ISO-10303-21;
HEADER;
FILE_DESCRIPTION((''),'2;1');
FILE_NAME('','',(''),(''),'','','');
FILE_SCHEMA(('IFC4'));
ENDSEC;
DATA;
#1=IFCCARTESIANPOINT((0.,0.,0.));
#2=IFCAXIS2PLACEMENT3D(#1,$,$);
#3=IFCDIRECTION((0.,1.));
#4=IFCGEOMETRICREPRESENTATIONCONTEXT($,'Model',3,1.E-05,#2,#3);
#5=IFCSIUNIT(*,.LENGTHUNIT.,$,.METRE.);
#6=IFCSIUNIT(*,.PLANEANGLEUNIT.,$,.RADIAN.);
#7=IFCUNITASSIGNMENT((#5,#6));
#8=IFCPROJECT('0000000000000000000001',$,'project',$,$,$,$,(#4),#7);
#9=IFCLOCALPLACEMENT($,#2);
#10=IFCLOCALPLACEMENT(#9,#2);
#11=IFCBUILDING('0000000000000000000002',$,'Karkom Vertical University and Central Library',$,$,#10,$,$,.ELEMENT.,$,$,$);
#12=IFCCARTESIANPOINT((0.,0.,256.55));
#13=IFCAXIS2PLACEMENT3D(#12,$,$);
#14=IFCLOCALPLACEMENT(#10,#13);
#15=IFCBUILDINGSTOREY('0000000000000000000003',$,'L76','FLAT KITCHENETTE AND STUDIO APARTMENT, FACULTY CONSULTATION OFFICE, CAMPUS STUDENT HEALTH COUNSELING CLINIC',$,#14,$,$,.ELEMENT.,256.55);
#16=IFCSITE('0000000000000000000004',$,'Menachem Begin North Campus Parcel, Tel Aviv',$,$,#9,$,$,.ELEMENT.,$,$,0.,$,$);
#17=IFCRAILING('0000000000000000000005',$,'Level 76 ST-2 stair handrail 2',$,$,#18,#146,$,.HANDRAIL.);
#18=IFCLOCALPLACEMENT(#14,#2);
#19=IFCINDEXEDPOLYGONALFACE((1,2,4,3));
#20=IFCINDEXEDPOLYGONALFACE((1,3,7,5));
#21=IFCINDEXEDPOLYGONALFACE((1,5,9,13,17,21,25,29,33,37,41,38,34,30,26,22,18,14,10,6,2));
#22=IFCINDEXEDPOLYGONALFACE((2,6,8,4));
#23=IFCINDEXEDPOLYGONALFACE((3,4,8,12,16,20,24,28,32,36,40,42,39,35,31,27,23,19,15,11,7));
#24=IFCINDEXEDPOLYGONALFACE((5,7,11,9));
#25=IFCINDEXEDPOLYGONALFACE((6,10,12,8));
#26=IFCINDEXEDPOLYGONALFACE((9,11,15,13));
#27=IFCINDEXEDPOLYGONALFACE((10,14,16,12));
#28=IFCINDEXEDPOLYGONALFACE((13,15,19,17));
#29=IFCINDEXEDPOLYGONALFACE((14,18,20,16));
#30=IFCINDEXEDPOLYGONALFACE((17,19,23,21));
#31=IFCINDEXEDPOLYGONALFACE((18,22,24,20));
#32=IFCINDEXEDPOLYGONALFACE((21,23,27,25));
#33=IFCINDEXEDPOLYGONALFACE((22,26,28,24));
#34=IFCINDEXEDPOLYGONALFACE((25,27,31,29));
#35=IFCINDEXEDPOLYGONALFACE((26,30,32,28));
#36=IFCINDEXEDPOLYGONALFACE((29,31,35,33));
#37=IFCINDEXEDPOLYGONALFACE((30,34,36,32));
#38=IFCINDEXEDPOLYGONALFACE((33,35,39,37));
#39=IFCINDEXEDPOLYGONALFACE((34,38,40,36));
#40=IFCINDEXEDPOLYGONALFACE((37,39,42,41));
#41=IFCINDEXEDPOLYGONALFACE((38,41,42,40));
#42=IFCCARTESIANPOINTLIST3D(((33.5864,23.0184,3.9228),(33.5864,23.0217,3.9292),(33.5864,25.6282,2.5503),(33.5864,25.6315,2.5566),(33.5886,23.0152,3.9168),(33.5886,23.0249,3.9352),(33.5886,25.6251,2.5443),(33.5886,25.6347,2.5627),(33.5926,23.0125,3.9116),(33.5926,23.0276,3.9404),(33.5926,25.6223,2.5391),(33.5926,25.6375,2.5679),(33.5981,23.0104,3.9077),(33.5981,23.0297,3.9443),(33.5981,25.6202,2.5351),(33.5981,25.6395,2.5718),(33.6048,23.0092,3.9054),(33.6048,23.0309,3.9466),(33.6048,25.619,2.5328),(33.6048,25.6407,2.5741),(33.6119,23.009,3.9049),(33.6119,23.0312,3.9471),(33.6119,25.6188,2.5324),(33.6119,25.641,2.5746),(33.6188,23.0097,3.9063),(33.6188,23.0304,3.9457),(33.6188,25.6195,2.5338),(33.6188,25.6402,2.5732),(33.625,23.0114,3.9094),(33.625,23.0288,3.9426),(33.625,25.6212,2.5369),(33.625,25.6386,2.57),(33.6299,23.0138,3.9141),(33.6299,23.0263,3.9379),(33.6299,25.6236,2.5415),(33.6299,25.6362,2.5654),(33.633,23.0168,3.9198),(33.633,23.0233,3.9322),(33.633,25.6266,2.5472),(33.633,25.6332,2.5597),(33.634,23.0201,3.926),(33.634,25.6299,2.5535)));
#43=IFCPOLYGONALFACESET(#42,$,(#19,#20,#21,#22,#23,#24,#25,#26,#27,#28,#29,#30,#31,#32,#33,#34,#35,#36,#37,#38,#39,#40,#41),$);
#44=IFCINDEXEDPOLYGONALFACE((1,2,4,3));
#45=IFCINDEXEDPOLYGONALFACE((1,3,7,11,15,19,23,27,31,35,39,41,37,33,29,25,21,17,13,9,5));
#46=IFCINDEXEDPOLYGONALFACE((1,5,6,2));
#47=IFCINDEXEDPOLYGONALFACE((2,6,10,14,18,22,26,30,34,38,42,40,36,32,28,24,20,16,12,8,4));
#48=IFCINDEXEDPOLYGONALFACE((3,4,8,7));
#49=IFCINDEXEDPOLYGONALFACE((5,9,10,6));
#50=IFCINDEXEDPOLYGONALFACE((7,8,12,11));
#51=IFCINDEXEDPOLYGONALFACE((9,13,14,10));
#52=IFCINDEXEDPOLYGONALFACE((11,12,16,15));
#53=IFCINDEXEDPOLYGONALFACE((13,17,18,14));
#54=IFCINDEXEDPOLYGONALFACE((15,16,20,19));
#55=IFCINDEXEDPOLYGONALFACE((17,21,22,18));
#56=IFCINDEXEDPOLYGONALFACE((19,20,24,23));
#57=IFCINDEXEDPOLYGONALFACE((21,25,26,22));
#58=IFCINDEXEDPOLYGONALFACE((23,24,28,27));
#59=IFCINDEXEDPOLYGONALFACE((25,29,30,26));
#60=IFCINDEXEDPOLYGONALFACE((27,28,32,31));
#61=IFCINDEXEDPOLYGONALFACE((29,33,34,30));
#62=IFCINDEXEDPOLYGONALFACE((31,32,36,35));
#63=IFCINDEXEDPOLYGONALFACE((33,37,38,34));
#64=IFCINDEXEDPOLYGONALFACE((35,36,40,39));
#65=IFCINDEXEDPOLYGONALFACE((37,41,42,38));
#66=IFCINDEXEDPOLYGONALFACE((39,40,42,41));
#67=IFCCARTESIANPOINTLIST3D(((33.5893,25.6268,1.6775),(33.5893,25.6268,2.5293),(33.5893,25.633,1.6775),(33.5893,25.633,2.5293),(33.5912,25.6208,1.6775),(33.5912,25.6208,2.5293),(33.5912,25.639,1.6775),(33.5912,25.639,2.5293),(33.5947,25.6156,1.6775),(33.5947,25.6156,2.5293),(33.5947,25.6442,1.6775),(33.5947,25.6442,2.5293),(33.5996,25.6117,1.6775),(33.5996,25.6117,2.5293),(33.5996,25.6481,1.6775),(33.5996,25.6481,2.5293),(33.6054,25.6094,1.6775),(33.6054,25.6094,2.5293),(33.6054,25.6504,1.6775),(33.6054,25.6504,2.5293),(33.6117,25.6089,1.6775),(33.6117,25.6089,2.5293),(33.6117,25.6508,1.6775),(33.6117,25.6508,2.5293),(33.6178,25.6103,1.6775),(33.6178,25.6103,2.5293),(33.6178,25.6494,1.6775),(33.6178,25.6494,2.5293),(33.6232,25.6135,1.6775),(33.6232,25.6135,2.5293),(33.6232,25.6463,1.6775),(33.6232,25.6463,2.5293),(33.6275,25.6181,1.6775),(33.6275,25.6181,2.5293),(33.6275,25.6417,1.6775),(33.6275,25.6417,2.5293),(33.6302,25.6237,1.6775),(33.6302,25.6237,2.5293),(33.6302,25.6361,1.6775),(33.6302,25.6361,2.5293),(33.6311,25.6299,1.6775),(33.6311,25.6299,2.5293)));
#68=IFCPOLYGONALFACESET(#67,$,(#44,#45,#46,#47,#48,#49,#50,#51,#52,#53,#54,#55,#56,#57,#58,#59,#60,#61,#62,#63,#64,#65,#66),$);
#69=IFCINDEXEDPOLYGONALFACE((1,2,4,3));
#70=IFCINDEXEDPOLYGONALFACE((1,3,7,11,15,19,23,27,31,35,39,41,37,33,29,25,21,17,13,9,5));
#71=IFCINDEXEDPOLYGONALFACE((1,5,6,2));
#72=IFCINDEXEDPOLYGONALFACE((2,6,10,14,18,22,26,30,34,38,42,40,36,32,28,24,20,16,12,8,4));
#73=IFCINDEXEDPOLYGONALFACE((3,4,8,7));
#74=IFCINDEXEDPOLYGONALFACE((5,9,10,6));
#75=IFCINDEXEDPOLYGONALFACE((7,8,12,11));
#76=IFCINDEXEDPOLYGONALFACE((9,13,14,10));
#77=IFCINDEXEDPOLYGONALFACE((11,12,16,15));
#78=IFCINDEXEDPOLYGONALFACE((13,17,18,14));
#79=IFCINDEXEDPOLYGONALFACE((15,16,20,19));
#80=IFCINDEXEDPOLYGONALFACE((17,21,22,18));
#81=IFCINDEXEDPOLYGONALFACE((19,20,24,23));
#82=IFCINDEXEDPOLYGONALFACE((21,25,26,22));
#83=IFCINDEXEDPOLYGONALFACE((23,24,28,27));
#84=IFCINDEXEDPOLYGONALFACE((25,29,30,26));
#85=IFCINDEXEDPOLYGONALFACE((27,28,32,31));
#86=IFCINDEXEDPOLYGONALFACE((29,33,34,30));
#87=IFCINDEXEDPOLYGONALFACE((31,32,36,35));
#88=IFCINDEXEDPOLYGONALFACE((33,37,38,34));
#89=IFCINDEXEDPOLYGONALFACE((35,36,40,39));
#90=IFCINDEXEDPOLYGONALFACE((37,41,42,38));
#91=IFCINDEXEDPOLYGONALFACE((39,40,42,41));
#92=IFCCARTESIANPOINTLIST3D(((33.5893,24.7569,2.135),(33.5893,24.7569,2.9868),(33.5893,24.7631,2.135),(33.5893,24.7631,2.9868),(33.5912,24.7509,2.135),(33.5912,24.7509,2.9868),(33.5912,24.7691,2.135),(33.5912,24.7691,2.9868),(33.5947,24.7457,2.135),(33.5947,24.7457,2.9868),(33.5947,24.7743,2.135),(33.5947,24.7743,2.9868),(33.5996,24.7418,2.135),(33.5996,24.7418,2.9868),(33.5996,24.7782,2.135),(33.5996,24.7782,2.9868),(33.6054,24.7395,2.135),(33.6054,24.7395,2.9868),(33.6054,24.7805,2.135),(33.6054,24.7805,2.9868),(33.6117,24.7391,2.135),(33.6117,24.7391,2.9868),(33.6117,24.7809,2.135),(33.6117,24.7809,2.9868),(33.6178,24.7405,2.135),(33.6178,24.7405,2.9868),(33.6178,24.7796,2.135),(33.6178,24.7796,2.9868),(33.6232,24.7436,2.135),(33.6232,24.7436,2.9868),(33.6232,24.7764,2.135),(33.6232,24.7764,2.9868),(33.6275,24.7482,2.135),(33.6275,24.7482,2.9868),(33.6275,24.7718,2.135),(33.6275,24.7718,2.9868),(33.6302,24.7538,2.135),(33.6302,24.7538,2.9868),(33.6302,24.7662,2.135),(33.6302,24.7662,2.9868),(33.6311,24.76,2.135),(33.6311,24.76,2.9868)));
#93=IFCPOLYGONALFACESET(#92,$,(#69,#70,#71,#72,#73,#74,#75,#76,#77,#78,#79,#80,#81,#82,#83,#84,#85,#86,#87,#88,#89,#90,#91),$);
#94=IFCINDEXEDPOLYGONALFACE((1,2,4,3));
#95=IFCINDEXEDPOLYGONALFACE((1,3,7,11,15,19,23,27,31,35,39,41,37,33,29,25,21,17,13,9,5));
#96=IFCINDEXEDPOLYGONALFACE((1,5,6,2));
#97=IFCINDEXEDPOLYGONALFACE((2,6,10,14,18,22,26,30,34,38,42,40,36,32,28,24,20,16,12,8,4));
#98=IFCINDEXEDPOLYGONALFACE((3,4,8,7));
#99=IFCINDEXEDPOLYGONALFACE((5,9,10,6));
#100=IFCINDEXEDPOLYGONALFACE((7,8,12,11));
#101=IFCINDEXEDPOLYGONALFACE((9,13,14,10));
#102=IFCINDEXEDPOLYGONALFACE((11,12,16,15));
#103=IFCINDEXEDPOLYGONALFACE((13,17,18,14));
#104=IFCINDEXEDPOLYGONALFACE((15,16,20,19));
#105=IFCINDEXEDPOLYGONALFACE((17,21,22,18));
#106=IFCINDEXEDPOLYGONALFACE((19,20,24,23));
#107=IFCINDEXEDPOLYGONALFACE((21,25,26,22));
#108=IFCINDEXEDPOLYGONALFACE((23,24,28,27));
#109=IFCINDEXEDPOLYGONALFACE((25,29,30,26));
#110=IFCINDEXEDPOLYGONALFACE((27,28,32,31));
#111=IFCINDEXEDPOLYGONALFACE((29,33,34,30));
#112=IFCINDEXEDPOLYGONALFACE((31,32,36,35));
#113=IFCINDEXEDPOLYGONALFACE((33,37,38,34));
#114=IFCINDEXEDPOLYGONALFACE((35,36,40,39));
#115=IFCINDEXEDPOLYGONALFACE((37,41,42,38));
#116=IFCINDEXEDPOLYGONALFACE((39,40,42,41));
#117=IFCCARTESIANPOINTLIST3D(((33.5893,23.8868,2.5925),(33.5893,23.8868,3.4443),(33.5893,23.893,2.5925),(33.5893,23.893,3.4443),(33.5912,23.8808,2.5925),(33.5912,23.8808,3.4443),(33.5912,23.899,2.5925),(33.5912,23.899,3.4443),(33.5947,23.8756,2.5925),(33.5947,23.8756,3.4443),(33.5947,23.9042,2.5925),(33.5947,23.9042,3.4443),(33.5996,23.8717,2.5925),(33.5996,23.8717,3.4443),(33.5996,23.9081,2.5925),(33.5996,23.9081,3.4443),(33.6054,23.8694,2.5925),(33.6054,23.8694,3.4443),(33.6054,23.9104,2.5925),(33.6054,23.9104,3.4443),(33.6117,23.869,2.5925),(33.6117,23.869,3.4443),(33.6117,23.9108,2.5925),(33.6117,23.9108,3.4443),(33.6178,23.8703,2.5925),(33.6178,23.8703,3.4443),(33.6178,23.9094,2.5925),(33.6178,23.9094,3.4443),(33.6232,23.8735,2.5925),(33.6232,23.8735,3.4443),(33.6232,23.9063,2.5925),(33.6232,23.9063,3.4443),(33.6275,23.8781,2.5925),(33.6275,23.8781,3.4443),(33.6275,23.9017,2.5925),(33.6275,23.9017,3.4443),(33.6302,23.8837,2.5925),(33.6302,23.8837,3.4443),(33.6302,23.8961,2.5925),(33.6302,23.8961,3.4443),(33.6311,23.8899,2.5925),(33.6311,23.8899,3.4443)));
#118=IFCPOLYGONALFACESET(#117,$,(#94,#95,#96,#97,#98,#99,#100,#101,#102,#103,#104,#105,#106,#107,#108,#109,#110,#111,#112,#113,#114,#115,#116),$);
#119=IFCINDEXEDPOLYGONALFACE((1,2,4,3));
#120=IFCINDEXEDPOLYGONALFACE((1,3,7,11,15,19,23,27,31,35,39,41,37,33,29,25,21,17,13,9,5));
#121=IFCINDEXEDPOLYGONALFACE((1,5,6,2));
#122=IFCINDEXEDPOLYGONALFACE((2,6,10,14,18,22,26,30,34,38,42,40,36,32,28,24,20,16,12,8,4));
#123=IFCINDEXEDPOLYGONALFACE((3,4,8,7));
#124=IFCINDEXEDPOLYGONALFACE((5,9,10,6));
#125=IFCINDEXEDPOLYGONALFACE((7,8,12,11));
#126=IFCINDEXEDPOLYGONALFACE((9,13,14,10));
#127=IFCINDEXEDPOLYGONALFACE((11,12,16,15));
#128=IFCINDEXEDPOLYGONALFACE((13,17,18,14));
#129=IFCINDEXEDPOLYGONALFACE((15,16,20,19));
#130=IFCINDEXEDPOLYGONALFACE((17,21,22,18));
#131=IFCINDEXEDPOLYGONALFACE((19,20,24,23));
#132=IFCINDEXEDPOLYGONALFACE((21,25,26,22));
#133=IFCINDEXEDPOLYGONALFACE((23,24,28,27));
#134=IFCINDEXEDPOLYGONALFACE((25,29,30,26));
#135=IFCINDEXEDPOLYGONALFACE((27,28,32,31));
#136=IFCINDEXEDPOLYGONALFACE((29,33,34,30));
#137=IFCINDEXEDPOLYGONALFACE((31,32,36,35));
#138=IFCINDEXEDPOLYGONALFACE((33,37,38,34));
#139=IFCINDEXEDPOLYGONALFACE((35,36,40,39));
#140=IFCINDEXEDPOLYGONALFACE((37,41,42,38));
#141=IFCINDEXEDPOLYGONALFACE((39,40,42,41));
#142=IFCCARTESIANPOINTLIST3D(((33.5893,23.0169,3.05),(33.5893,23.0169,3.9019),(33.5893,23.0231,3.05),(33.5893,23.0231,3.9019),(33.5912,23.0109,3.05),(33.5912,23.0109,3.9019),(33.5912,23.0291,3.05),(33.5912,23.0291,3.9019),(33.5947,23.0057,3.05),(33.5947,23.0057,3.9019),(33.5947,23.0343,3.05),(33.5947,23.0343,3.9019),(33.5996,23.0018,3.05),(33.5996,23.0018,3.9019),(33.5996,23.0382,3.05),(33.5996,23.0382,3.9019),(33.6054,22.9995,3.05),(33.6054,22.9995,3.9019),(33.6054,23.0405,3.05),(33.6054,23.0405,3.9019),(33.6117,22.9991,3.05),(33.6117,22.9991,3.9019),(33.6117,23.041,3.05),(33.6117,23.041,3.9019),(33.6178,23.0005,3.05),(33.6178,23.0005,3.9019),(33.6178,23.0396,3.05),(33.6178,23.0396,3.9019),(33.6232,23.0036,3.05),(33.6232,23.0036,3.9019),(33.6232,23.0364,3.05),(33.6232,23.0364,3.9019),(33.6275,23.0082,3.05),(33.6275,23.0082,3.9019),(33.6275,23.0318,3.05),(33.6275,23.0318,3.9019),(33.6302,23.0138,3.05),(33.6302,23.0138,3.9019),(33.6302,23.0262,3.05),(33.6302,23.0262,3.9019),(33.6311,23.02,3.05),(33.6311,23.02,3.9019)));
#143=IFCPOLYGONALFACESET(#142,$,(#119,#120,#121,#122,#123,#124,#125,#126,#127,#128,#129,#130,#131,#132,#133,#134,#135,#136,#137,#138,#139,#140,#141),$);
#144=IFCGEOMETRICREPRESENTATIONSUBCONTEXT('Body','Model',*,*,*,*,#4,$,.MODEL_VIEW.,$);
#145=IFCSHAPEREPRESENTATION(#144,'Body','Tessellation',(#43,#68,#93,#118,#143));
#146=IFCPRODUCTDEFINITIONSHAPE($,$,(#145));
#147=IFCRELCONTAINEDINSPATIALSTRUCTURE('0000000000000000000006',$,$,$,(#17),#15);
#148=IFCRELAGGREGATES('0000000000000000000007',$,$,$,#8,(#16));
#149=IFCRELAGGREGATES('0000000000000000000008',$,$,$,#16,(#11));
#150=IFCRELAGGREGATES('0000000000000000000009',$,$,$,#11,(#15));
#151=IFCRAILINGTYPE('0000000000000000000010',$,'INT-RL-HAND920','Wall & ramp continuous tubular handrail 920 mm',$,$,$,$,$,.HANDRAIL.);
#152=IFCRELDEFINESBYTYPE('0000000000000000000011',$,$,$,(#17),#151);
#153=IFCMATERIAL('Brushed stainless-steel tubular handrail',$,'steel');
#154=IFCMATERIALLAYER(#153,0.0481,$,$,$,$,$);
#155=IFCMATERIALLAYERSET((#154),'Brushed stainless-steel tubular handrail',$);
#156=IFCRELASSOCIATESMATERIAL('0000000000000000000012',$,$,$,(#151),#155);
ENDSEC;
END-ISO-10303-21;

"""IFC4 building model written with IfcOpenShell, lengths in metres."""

from ifc_helpers import new_model, si_unit, direction, frame, origin, origin_2d, place, context, subcontext, project, spatial, circle, extrude, material, layer, layer_set, type_object, element, save


model = new_model("IFC4")

# Units and contexts
model_context = context("Model", 3, precision=1e-05, world=origin(), true_north=direction((0.0, 1.0)))
body_context = subcontext(model_context, "Body", "Model", "MODEL_VIEW")
ifc_project = project(units=[si_unit("LENGTHUNIT", "METRE"), si_unit("PLANEANGLEUNIT", "RADIAN")], contexts=[model_context])

# Site, building, storey
site_placement = place(None, origin())
site = spatial("IfcSite", under=ifc_project, at=site_placement, Name="Menachem Begin North Campus Parcel, Tel Aviv", CompositionType="ELEMENT", RefElevation=0.0)
building_placement = place(site_placement, origin())
building = spatial("IfcBuilding", under=site, at=building_placement, Name="Karkom Vertical University and Central Library", CompositionType="ELEMENT")
storey_placement = place(building_placement, frame((0.0, 0.0, 256.55)))
storey = spatial("IfcBuildingStorey", under=building, at=storey_placement, Name="L76", Description="FLAT KITCHENETTE AND STUDIO APARTMENT, FACULTY CONSULTATION OFFICE, CAMPUS STUDENT HEALTH COUNSELING CLINIC", CompositionType="ELEMENT", Elevation=256.55)

# Railing
ifc_material_1 = material(Name="Brushed stainless-steel tubular handrail", Category="steel")
ifc_layer_1 = layer(ifc_material_1, 0.0481)
ifc_layer_set_1 = layer_set([ifc_layer_1], Name="Brushed stainless-steel tubular handrail")
railing_type_1 = type_object("IfcRailingType", Name="INT-RL-HAND920", Description="Wall & ramp continuous tubular handrail 920 mm", PredefinedType="HANDRAIL", material=ifc_layer_set_1)
railing_1_placement = place(storey_placement, frame((33.6101, 25.6299, 1.6775)))
element("IfcRailing", 1, at=railing_1_placement, inside=storey, type_object=railing_type_1, Name="Level 76 ST-2 stair handrail 2", PredefinedType="HANDRAIL", context=body_context, shape_type="SweptSolid", body=[
    extrude(circle(Radius=0.0239, at=origin_2d()), frame((0.0, 0.0, 0.876), z_axis=(0.0, -0.885065, 0.465467), x_axis=(1.0, 0.0, 0.0)), (0.0, 0.0, 1.0), 2.9487),
    extrude(circle(Radius=0.021, at=origin_2d()), origin(), (0.0, 0.0, 1.0), 0.8518),
    extrude(circle(Radius=0.021, at=origin_2d()), frame((0.0, -0.8699, 0.4575)), (0.0, 0.0, 1.0), 0.8518),
    extrude(circle(Radius=0.021, at=origin_2d()), frame((0.0, -1.74, 0.915)), (0.0, 0.0, 1.0), 0.8518),
    extrude(circle(Radius=0.021, at=origin_2d()), frame((0.0, -2.6099, 1.3726)), (0.0, 0.0, 1.0), 0.8518),
])

save(model, "model.ifc")
